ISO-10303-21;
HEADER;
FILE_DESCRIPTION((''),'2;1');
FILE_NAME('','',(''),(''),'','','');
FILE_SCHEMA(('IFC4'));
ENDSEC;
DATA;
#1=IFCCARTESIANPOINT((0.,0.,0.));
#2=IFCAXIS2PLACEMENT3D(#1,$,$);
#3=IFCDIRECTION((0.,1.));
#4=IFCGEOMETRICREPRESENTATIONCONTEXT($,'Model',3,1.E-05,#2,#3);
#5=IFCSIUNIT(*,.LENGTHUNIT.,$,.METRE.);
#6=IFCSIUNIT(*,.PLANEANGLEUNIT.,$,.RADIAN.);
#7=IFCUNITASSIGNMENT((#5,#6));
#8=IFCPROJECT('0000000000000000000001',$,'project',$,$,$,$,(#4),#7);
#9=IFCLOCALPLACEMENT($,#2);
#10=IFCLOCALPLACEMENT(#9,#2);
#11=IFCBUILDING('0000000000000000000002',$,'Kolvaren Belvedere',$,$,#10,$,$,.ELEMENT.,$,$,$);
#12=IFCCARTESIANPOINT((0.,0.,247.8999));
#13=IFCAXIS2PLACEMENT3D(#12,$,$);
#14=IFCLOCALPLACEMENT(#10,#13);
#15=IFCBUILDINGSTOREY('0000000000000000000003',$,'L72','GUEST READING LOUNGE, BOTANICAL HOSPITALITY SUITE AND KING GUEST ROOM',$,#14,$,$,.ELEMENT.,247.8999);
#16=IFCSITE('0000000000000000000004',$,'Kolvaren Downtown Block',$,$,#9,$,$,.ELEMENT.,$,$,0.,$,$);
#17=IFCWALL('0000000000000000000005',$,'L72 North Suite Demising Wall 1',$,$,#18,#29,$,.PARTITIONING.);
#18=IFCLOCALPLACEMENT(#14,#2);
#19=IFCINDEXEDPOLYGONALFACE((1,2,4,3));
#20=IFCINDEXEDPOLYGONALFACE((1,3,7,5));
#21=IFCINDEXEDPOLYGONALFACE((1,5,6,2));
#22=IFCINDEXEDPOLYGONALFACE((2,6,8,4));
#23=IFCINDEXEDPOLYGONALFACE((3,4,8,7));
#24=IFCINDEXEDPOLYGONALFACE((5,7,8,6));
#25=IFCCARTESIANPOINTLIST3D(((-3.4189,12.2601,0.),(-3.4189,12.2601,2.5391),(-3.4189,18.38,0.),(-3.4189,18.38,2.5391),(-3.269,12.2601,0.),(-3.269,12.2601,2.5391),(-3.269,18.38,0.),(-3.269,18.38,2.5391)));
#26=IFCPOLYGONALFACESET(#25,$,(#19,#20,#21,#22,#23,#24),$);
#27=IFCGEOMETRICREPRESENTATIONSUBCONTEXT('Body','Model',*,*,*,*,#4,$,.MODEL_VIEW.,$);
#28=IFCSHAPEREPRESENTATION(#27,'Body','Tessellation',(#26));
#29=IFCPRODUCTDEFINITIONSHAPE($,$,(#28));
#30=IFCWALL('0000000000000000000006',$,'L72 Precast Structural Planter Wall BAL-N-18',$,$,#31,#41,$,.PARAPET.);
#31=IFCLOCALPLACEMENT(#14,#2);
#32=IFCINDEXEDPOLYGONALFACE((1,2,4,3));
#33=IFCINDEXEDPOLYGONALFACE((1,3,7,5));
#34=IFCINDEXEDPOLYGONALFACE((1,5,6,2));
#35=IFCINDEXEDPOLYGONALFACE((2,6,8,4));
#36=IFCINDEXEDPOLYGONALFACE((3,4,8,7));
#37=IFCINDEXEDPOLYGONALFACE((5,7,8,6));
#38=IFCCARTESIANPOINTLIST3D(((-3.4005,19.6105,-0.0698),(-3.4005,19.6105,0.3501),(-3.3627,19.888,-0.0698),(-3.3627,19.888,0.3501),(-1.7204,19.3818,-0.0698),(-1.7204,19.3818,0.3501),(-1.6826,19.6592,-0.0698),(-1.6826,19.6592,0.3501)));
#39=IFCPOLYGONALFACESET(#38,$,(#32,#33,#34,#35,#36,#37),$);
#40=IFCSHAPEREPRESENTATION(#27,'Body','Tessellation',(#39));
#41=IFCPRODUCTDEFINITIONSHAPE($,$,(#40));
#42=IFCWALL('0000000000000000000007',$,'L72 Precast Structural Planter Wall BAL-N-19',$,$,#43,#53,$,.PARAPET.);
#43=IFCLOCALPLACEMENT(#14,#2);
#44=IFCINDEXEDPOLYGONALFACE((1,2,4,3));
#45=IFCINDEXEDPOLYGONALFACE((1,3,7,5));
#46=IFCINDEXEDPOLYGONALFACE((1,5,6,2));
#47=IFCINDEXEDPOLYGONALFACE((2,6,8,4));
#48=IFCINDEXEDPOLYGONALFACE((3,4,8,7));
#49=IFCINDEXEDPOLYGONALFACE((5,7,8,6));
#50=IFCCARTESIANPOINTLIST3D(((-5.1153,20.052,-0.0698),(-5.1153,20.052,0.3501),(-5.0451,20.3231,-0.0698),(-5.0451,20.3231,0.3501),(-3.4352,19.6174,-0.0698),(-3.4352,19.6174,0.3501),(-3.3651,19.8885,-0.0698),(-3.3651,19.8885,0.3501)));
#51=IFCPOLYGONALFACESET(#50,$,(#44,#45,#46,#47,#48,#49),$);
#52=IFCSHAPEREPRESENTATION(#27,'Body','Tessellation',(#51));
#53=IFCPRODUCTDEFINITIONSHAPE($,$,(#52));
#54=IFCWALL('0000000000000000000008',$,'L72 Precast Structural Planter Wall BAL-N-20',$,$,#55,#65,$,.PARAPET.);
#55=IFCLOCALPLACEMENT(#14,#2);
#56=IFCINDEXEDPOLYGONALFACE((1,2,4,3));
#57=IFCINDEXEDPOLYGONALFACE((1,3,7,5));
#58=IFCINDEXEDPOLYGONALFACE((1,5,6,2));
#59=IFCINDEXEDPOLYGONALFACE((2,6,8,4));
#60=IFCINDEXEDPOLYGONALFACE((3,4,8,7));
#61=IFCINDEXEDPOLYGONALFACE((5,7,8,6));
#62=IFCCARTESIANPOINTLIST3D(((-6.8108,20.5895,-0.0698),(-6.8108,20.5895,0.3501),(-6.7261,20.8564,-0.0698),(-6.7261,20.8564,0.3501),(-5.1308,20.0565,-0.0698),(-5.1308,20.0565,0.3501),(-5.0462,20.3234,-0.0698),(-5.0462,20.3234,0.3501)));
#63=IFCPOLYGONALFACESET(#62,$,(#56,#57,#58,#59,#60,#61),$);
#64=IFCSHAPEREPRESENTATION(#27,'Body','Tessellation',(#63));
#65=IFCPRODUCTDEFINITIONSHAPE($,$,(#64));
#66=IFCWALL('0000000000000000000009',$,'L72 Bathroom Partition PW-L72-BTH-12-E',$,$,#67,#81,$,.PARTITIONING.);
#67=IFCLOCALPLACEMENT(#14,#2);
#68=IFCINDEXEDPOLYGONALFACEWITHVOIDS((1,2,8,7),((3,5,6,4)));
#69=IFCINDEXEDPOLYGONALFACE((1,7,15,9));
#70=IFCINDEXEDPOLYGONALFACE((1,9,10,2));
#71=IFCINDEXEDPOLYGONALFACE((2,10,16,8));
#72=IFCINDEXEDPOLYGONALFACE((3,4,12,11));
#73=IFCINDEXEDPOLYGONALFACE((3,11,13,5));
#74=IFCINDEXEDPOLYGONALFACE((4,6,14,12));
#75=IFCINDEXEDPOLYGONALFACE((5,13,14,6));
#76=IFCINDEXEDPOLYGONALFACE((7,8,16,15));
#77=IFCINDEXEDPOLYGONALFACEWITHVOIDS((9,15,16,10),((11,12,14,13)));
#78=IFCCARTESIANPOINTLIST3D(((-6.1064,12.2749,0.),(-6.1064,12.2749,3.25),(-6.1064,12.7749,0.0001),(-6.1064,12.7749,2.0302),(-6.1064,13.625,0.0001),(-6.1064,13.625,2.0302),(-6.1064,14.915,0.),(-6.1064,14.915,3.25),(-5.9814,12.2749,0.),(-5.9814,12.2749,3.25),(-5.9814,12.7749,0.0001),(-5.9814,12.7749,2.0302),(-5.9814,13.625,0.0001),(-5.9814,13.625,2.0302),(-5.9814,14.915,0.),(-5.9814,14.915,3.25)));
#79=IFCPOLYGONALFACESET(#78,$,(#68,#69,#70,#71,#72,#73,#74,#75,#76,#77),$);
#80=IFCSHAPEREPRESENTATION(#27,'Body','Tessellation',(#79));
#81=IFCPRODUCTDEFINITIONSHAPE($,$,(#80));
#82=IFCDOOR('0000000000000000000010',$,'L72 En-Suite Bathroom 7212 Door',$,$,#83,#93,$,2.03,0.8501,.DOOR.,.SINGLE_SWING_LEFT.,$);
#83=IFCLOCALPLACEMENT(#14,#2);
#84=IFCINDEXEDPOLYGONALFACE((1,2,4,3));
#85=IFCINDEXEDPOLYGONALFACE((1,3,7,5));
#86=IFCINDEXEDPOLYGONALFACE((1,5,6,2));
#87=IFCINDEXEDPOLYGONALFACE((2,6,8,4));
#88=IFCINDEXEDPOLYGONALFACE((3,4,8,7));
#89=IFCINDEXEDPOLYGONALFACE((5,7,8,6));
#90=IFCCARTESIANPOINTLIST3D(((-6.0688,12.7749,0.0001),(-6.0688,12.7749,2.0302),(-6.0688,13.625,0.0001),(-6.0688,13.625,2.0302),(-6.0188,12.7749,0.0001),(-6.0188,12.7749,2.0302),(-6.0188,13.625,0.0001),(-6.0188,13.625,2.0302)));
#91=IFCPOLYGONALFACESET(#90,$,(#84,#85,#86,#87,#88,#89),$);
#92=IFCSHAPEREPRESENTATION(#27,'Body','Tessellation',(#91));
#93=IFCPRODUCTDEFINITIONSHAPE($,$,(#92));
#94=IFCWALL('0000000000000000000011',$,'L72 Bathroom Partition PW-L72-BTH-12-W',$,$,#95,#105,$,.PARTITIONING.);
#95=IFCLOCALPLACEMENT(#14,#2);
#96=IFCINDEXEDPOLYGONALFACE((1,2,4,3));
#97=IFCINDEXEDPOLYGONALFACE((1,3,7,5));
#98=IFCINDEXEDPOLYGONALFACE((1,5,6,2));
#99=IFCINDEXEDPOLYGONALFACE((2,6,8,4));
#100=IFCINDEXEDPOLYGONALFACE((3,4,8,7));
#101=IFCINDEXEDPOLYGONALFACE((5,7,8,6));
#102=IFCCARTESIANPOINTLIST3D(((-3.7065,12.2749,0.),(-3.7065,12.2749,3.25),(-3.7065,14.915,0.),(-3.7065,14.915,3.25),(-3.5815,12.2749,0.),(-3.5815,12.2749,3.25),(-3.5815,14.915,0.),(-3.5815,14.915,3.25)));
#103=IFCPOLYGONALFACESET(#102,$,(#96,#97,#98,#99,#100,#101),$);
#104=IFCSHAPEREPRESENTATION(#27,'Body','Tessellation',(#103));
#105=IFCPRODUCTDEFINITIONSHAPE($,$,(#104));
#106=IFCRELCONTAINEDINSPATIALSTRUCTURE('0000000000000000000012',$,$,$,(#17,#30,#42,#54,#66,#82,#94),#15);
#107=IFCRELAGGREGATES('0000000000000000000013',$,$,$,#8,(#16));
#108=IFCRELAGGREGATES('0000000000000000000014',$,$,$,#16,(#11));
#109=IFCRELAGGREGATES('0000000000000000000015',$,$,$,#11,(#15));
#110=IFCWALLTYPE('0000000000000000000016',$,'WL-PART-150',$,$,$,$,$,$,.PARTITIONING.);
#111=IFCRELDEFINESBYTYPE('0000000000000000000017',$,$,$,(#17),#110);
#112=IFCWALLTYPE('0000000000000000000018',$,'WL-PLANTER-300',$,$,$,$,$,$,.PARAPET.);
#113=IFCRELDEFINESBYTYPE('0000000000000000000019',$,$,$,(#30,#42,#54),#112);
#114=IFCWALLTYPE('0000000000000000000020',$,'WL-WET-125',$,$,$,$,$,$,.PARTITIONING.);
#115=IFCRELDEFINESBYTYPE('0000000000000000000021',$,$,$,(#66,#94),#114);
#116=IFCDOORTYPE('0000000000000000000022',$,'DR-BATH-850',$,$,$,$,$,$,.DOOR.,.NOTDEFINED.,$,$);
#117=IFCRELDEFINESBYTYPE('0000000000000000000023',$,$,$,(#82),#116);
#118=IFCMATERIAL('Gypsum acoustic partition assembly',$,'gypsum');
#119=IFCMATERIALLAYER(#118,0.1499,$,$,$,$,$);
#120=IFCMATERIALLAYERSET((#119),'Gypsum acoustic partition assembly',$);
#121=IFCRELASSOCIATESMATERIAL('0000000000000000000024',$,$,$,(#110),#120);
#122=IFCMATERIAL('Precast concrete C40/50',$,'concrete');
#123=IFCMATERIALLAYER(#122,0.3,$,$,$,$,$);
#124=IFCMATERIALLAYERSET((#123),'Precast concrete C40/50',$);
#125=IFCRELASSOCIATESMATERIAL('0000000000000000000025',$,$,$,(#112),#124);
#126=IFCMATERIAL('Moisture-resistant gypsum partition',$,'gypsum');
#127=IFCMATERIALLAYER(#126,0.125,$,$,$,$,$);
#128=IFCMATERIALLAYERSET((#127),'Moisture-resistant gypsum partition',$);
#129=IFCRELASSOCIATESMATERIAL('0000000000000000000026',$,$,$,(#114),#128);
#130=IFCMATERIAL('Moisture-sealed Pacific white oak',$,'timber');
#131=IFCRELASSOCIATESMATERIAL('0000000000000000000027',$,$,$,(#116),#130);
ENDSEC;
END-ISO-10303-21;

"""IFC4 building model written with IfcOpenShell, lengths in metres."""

from ifc_helpers import new_model, si_unit, direction, frame, frame_2d, origin, place, context, subcontext, project, spatial, rectangle, extrude, material, layer, layer_set, type_object, element, fill, save


model = new_model("IFC4")

# Units and contexts
model_context = context("Model", 3, precision=1e-05, world=origin(), true_north=direction((0.0, 1.0)))
body_context = subcontext(model_context, "Body", "Model", "MODEL_VIEW")
ifc_project = project(units=[si_unit("LENGTHUNIT", "METRE"), si_unit("PLANEANGLEUNIT", "RADIAN")], contexts=[model_context])

# Site, building, storey
site_placement = place(None, origin())
site = spatial("IfcSite", under=ifc_project, at=site_placement, Name="Kolvaren Downtown Block", CompositionType="ELEMENT", RefElevation=0.0)
building_placement = place(site_placement, origin())
building = spatial("IfcBuilding", under=site, at=building_placement, Name="Kolvaren Belvedere", CompositionType="ELEMENT")
storey_placement = place(building_placement, frame((0.0, 0.0, 247.8999)))
storey = spatial("IfcBuildingStorey", under=building, at=storey_placement, Name="L72", Description="GUEST READING LOUNGE, BOTANICAL HOSPITALITY SUITE AND KING GUEST ROOM", CompositionType="ELEMENT", Elevation=247.8999)

# Walls
ifc_material_1 = material(Name="Gypsum acoustic partition assembly", Category="gypsum")
ifc_layer_1 = layer(ifc_material_1, 0.1499)
ifc_layer_set_1 = layer_set([ifc_layer_1], Name="Gypsum acoustic partition assembly")
wall_type_1 = type_object("IfcWallType", Name="WL-PART-150", PredefinedType="PARTITIONING", material=ifc_layer_set_1)
wall_1_placement = place(storey_placement, frame((-3.344, 12.26, 0.0), z_axis=(0.0, 0.0, 1.0), x_axis=(0.0, 1.0, 0.0)))
element("IfcWall", 1, at=wall_1_placement, inside=storey, type_object=wall_type_1, Name="L72 North Suite Demising Wall 1", PredefinedType="PARTITIONING", context=body_context, shape_type="SweptSolid", body=[
    extrude(rectangle(XDim=6.1199, YDim=0.1499, at=frame_2d((3.0601, 0.0))), origin(), (0.0, 0.0, 1.0), 2.5391),
])
ifc_material_2 = material(Name="Precast concrete C40/50", Category="concrete")
ifc_layer_2 = layer(ifc_material_2, 0.3)
ifc_layer_set_2 = layer_set([ifc_layer_2], Name="Precast concrete C40/50")
wall_type_2 = type_object("IfcWallType", Name="WL-PLANTER-300", PredefinedType="PARAPET", material=ifc_layer_set_2)
wall_2_placement = place(storey_placement, frame((-1.7017, 19.5205, -0.0698), z_axis=(0.0, 0.0, 1.0), x_axis=(-0.990856, 0.134927, 0.0)))
element("IfcWall", 2, at=wall_2_placement, inside=storey, type_object=wall_type_2, Name="L72 Precast Structural Planter Wall BAL-N-18", PredefinedType="PARAPET", context=body_context, shape_type="SweptSolid", body=[
    extrude(rectangle(XDim=1.6956, YDim=0.28, at=frame_2d((0.8477, 0.0))), origin(), (0.0, 0.0, 1.0), 0.4199),
])
wall_3_placement = place(storey_placement, frame((-3.4001, 19.7529, -0.0698), z_axis=(0.0, 0.0, 1.0), x_axis=(-0.968132, 0.25044, 0.0)))
element("IfcWall", 3, at=wall_3_placement, inside=storey, type_object=wall_type_2, Name="L72 Precast Structural Planter Wall BAL-N-19", PredefinedType="PARAPET", context=body_context, shape_type="SweptSolid", body=[
    extrude(rectangle(XDim=1.7354, YDim=0.28, at=frame_2d((0.8677, 0.0))), origin(), (0.0, 0.0, 1.0), 0.4199),
])
wall_4_placement = place(storey_placement, frame((-5.0884, 20.1899, -0.0698), z_axis=(0.0, 0.0, 1.0), x_axis=(-0.953182, 0.302397, 0.0)))
element("IfcWall", 4, at=wall_4_placement, inside=storey, type_object=wall_type_2, Name="L72 Precast Structural Planter Wall BAL-N-20", PredefinedType="PARAPET", context=body_context, shape_type="SweptSolid", body=[
    extrude(rectangle(XDim=1.7625, YDim=0.28, at=frame_2d((0.8813, 0.0))), origin(), (0.0, 0.0, 1.0), 0.4199),
])

# Wall, opening, door
ifc_material_3 = material(Name="Moisture-resistant gypsum partition", Category="gypsum")
ifc_layer_3 = layer(ifc_material_3, 0.125)
ifc_layer_set_3 = layer_set([ifc_layer_3], Name="Moisture-resistant gypsum partition")
wall_type_3 = type_object("IfcWallType", Name="WL-WET-125", PredefinedType="PARTITIONING", material=ifc_layer_set_3)
wall_5_placement = place(storey_placement, frame((-6.0439, 12.2749, 0.0), z_axis=(0.0, 0.0, 1.0), x_axis=(0.0, 1.0, 0.0)))
wall_5 = element("IfcWall", 5, at=wall_5_placement, inside=storey, type_object=wall_type_3, Name="L72 Bathroom Partition PW-L72-BTH-12-E", PredefinedType="PARTITIONING", context=body_context, shape_type="SweptSolid", body=[
    extrude(rectangle(XDim=2.6401, YDim=0.125, at=frame_2d((1.3201, 0.0))), origin(), (0.0, 0.0, 1.0), 3.25),
])
opening_1_placement = place(wall_5_placement, frame((0.5, 0.0, 0.0)))
opening_1 = element("IfcOpeningElement", 6, at=opening_1_placement, cuts=wall_5, PredefinedType="OPENING", context=body_context, shape_type="SweptSolid", body=[
    extrude(rectangle(XDim=0.8501, YDim=2.03, at=frame_2d((0.425, 1.0151))), frame((0.0, 0.0725, 0.0), z_axis=(0.0, -1.0, 0.0), x_axis=(1.0, 0.0, 0.0)), (0.0, 0.0, 1.0), 0.145),
])
ifc_material_4 = material(Name="Moisture-sealed Pacific white oak", Category="timber")
door_type_1 = type_object("IfcDoorType", Name="DR-BATH-850", OperationType="NOTDEFINED", PredefinedType="DOOR", material=ifc_material_4)
door_1_placement = place(opening_1_placement, origin())
door_1 = element("IfcDoor", 7, at=door_1_placement, inside=storey, type_object=door_type_1, Name="L72 En-Suite Bathroom 7212 Door", OperationType="SINGLE_SWING_LEFT", OverallHeight=2.03, OverallWidth=0.8501, PredefinedType="DOOR", context=body_context, shape_type="SweptSolid", body=[
    extrude(rectangle(XDim=0.8501, YDim=2.03, at=frame_2d((0.425, 1.0151))), frame((0.0, 0.0249, 0.0), z_axis=(0.0, -1.0, 0.0), x_axis=(1.0, 0.0, 0.0)), (0.0, 0.0, 1.0), 0.05),
])
fill(opening_1, door_1)

# Wall
wall_6_placement = place(storey_placement, frame((-3.644, 12.2749, 0.0), z_axis=(0.0, 0.0, 1.0), x_axis=(0.0, 1.0, 0.0)))
element("IfcWall", 8, at=wall_6_placement, inside=storey, type_object=wall_type_3, Name="L72 Bathroom Partition PW-L72-BTH-12-W", PredefinedType="PARTITIONING", context=body_context, shape_type="SweptSolid", body=[
    extrude(rectangle(XDim=2.6401, YDim=0.125, at=frame_2d((1.3201, 0.0))), origin(), (0.0, 0.0, 1.0), 3.25),
])

save(model, "model.ifc")
